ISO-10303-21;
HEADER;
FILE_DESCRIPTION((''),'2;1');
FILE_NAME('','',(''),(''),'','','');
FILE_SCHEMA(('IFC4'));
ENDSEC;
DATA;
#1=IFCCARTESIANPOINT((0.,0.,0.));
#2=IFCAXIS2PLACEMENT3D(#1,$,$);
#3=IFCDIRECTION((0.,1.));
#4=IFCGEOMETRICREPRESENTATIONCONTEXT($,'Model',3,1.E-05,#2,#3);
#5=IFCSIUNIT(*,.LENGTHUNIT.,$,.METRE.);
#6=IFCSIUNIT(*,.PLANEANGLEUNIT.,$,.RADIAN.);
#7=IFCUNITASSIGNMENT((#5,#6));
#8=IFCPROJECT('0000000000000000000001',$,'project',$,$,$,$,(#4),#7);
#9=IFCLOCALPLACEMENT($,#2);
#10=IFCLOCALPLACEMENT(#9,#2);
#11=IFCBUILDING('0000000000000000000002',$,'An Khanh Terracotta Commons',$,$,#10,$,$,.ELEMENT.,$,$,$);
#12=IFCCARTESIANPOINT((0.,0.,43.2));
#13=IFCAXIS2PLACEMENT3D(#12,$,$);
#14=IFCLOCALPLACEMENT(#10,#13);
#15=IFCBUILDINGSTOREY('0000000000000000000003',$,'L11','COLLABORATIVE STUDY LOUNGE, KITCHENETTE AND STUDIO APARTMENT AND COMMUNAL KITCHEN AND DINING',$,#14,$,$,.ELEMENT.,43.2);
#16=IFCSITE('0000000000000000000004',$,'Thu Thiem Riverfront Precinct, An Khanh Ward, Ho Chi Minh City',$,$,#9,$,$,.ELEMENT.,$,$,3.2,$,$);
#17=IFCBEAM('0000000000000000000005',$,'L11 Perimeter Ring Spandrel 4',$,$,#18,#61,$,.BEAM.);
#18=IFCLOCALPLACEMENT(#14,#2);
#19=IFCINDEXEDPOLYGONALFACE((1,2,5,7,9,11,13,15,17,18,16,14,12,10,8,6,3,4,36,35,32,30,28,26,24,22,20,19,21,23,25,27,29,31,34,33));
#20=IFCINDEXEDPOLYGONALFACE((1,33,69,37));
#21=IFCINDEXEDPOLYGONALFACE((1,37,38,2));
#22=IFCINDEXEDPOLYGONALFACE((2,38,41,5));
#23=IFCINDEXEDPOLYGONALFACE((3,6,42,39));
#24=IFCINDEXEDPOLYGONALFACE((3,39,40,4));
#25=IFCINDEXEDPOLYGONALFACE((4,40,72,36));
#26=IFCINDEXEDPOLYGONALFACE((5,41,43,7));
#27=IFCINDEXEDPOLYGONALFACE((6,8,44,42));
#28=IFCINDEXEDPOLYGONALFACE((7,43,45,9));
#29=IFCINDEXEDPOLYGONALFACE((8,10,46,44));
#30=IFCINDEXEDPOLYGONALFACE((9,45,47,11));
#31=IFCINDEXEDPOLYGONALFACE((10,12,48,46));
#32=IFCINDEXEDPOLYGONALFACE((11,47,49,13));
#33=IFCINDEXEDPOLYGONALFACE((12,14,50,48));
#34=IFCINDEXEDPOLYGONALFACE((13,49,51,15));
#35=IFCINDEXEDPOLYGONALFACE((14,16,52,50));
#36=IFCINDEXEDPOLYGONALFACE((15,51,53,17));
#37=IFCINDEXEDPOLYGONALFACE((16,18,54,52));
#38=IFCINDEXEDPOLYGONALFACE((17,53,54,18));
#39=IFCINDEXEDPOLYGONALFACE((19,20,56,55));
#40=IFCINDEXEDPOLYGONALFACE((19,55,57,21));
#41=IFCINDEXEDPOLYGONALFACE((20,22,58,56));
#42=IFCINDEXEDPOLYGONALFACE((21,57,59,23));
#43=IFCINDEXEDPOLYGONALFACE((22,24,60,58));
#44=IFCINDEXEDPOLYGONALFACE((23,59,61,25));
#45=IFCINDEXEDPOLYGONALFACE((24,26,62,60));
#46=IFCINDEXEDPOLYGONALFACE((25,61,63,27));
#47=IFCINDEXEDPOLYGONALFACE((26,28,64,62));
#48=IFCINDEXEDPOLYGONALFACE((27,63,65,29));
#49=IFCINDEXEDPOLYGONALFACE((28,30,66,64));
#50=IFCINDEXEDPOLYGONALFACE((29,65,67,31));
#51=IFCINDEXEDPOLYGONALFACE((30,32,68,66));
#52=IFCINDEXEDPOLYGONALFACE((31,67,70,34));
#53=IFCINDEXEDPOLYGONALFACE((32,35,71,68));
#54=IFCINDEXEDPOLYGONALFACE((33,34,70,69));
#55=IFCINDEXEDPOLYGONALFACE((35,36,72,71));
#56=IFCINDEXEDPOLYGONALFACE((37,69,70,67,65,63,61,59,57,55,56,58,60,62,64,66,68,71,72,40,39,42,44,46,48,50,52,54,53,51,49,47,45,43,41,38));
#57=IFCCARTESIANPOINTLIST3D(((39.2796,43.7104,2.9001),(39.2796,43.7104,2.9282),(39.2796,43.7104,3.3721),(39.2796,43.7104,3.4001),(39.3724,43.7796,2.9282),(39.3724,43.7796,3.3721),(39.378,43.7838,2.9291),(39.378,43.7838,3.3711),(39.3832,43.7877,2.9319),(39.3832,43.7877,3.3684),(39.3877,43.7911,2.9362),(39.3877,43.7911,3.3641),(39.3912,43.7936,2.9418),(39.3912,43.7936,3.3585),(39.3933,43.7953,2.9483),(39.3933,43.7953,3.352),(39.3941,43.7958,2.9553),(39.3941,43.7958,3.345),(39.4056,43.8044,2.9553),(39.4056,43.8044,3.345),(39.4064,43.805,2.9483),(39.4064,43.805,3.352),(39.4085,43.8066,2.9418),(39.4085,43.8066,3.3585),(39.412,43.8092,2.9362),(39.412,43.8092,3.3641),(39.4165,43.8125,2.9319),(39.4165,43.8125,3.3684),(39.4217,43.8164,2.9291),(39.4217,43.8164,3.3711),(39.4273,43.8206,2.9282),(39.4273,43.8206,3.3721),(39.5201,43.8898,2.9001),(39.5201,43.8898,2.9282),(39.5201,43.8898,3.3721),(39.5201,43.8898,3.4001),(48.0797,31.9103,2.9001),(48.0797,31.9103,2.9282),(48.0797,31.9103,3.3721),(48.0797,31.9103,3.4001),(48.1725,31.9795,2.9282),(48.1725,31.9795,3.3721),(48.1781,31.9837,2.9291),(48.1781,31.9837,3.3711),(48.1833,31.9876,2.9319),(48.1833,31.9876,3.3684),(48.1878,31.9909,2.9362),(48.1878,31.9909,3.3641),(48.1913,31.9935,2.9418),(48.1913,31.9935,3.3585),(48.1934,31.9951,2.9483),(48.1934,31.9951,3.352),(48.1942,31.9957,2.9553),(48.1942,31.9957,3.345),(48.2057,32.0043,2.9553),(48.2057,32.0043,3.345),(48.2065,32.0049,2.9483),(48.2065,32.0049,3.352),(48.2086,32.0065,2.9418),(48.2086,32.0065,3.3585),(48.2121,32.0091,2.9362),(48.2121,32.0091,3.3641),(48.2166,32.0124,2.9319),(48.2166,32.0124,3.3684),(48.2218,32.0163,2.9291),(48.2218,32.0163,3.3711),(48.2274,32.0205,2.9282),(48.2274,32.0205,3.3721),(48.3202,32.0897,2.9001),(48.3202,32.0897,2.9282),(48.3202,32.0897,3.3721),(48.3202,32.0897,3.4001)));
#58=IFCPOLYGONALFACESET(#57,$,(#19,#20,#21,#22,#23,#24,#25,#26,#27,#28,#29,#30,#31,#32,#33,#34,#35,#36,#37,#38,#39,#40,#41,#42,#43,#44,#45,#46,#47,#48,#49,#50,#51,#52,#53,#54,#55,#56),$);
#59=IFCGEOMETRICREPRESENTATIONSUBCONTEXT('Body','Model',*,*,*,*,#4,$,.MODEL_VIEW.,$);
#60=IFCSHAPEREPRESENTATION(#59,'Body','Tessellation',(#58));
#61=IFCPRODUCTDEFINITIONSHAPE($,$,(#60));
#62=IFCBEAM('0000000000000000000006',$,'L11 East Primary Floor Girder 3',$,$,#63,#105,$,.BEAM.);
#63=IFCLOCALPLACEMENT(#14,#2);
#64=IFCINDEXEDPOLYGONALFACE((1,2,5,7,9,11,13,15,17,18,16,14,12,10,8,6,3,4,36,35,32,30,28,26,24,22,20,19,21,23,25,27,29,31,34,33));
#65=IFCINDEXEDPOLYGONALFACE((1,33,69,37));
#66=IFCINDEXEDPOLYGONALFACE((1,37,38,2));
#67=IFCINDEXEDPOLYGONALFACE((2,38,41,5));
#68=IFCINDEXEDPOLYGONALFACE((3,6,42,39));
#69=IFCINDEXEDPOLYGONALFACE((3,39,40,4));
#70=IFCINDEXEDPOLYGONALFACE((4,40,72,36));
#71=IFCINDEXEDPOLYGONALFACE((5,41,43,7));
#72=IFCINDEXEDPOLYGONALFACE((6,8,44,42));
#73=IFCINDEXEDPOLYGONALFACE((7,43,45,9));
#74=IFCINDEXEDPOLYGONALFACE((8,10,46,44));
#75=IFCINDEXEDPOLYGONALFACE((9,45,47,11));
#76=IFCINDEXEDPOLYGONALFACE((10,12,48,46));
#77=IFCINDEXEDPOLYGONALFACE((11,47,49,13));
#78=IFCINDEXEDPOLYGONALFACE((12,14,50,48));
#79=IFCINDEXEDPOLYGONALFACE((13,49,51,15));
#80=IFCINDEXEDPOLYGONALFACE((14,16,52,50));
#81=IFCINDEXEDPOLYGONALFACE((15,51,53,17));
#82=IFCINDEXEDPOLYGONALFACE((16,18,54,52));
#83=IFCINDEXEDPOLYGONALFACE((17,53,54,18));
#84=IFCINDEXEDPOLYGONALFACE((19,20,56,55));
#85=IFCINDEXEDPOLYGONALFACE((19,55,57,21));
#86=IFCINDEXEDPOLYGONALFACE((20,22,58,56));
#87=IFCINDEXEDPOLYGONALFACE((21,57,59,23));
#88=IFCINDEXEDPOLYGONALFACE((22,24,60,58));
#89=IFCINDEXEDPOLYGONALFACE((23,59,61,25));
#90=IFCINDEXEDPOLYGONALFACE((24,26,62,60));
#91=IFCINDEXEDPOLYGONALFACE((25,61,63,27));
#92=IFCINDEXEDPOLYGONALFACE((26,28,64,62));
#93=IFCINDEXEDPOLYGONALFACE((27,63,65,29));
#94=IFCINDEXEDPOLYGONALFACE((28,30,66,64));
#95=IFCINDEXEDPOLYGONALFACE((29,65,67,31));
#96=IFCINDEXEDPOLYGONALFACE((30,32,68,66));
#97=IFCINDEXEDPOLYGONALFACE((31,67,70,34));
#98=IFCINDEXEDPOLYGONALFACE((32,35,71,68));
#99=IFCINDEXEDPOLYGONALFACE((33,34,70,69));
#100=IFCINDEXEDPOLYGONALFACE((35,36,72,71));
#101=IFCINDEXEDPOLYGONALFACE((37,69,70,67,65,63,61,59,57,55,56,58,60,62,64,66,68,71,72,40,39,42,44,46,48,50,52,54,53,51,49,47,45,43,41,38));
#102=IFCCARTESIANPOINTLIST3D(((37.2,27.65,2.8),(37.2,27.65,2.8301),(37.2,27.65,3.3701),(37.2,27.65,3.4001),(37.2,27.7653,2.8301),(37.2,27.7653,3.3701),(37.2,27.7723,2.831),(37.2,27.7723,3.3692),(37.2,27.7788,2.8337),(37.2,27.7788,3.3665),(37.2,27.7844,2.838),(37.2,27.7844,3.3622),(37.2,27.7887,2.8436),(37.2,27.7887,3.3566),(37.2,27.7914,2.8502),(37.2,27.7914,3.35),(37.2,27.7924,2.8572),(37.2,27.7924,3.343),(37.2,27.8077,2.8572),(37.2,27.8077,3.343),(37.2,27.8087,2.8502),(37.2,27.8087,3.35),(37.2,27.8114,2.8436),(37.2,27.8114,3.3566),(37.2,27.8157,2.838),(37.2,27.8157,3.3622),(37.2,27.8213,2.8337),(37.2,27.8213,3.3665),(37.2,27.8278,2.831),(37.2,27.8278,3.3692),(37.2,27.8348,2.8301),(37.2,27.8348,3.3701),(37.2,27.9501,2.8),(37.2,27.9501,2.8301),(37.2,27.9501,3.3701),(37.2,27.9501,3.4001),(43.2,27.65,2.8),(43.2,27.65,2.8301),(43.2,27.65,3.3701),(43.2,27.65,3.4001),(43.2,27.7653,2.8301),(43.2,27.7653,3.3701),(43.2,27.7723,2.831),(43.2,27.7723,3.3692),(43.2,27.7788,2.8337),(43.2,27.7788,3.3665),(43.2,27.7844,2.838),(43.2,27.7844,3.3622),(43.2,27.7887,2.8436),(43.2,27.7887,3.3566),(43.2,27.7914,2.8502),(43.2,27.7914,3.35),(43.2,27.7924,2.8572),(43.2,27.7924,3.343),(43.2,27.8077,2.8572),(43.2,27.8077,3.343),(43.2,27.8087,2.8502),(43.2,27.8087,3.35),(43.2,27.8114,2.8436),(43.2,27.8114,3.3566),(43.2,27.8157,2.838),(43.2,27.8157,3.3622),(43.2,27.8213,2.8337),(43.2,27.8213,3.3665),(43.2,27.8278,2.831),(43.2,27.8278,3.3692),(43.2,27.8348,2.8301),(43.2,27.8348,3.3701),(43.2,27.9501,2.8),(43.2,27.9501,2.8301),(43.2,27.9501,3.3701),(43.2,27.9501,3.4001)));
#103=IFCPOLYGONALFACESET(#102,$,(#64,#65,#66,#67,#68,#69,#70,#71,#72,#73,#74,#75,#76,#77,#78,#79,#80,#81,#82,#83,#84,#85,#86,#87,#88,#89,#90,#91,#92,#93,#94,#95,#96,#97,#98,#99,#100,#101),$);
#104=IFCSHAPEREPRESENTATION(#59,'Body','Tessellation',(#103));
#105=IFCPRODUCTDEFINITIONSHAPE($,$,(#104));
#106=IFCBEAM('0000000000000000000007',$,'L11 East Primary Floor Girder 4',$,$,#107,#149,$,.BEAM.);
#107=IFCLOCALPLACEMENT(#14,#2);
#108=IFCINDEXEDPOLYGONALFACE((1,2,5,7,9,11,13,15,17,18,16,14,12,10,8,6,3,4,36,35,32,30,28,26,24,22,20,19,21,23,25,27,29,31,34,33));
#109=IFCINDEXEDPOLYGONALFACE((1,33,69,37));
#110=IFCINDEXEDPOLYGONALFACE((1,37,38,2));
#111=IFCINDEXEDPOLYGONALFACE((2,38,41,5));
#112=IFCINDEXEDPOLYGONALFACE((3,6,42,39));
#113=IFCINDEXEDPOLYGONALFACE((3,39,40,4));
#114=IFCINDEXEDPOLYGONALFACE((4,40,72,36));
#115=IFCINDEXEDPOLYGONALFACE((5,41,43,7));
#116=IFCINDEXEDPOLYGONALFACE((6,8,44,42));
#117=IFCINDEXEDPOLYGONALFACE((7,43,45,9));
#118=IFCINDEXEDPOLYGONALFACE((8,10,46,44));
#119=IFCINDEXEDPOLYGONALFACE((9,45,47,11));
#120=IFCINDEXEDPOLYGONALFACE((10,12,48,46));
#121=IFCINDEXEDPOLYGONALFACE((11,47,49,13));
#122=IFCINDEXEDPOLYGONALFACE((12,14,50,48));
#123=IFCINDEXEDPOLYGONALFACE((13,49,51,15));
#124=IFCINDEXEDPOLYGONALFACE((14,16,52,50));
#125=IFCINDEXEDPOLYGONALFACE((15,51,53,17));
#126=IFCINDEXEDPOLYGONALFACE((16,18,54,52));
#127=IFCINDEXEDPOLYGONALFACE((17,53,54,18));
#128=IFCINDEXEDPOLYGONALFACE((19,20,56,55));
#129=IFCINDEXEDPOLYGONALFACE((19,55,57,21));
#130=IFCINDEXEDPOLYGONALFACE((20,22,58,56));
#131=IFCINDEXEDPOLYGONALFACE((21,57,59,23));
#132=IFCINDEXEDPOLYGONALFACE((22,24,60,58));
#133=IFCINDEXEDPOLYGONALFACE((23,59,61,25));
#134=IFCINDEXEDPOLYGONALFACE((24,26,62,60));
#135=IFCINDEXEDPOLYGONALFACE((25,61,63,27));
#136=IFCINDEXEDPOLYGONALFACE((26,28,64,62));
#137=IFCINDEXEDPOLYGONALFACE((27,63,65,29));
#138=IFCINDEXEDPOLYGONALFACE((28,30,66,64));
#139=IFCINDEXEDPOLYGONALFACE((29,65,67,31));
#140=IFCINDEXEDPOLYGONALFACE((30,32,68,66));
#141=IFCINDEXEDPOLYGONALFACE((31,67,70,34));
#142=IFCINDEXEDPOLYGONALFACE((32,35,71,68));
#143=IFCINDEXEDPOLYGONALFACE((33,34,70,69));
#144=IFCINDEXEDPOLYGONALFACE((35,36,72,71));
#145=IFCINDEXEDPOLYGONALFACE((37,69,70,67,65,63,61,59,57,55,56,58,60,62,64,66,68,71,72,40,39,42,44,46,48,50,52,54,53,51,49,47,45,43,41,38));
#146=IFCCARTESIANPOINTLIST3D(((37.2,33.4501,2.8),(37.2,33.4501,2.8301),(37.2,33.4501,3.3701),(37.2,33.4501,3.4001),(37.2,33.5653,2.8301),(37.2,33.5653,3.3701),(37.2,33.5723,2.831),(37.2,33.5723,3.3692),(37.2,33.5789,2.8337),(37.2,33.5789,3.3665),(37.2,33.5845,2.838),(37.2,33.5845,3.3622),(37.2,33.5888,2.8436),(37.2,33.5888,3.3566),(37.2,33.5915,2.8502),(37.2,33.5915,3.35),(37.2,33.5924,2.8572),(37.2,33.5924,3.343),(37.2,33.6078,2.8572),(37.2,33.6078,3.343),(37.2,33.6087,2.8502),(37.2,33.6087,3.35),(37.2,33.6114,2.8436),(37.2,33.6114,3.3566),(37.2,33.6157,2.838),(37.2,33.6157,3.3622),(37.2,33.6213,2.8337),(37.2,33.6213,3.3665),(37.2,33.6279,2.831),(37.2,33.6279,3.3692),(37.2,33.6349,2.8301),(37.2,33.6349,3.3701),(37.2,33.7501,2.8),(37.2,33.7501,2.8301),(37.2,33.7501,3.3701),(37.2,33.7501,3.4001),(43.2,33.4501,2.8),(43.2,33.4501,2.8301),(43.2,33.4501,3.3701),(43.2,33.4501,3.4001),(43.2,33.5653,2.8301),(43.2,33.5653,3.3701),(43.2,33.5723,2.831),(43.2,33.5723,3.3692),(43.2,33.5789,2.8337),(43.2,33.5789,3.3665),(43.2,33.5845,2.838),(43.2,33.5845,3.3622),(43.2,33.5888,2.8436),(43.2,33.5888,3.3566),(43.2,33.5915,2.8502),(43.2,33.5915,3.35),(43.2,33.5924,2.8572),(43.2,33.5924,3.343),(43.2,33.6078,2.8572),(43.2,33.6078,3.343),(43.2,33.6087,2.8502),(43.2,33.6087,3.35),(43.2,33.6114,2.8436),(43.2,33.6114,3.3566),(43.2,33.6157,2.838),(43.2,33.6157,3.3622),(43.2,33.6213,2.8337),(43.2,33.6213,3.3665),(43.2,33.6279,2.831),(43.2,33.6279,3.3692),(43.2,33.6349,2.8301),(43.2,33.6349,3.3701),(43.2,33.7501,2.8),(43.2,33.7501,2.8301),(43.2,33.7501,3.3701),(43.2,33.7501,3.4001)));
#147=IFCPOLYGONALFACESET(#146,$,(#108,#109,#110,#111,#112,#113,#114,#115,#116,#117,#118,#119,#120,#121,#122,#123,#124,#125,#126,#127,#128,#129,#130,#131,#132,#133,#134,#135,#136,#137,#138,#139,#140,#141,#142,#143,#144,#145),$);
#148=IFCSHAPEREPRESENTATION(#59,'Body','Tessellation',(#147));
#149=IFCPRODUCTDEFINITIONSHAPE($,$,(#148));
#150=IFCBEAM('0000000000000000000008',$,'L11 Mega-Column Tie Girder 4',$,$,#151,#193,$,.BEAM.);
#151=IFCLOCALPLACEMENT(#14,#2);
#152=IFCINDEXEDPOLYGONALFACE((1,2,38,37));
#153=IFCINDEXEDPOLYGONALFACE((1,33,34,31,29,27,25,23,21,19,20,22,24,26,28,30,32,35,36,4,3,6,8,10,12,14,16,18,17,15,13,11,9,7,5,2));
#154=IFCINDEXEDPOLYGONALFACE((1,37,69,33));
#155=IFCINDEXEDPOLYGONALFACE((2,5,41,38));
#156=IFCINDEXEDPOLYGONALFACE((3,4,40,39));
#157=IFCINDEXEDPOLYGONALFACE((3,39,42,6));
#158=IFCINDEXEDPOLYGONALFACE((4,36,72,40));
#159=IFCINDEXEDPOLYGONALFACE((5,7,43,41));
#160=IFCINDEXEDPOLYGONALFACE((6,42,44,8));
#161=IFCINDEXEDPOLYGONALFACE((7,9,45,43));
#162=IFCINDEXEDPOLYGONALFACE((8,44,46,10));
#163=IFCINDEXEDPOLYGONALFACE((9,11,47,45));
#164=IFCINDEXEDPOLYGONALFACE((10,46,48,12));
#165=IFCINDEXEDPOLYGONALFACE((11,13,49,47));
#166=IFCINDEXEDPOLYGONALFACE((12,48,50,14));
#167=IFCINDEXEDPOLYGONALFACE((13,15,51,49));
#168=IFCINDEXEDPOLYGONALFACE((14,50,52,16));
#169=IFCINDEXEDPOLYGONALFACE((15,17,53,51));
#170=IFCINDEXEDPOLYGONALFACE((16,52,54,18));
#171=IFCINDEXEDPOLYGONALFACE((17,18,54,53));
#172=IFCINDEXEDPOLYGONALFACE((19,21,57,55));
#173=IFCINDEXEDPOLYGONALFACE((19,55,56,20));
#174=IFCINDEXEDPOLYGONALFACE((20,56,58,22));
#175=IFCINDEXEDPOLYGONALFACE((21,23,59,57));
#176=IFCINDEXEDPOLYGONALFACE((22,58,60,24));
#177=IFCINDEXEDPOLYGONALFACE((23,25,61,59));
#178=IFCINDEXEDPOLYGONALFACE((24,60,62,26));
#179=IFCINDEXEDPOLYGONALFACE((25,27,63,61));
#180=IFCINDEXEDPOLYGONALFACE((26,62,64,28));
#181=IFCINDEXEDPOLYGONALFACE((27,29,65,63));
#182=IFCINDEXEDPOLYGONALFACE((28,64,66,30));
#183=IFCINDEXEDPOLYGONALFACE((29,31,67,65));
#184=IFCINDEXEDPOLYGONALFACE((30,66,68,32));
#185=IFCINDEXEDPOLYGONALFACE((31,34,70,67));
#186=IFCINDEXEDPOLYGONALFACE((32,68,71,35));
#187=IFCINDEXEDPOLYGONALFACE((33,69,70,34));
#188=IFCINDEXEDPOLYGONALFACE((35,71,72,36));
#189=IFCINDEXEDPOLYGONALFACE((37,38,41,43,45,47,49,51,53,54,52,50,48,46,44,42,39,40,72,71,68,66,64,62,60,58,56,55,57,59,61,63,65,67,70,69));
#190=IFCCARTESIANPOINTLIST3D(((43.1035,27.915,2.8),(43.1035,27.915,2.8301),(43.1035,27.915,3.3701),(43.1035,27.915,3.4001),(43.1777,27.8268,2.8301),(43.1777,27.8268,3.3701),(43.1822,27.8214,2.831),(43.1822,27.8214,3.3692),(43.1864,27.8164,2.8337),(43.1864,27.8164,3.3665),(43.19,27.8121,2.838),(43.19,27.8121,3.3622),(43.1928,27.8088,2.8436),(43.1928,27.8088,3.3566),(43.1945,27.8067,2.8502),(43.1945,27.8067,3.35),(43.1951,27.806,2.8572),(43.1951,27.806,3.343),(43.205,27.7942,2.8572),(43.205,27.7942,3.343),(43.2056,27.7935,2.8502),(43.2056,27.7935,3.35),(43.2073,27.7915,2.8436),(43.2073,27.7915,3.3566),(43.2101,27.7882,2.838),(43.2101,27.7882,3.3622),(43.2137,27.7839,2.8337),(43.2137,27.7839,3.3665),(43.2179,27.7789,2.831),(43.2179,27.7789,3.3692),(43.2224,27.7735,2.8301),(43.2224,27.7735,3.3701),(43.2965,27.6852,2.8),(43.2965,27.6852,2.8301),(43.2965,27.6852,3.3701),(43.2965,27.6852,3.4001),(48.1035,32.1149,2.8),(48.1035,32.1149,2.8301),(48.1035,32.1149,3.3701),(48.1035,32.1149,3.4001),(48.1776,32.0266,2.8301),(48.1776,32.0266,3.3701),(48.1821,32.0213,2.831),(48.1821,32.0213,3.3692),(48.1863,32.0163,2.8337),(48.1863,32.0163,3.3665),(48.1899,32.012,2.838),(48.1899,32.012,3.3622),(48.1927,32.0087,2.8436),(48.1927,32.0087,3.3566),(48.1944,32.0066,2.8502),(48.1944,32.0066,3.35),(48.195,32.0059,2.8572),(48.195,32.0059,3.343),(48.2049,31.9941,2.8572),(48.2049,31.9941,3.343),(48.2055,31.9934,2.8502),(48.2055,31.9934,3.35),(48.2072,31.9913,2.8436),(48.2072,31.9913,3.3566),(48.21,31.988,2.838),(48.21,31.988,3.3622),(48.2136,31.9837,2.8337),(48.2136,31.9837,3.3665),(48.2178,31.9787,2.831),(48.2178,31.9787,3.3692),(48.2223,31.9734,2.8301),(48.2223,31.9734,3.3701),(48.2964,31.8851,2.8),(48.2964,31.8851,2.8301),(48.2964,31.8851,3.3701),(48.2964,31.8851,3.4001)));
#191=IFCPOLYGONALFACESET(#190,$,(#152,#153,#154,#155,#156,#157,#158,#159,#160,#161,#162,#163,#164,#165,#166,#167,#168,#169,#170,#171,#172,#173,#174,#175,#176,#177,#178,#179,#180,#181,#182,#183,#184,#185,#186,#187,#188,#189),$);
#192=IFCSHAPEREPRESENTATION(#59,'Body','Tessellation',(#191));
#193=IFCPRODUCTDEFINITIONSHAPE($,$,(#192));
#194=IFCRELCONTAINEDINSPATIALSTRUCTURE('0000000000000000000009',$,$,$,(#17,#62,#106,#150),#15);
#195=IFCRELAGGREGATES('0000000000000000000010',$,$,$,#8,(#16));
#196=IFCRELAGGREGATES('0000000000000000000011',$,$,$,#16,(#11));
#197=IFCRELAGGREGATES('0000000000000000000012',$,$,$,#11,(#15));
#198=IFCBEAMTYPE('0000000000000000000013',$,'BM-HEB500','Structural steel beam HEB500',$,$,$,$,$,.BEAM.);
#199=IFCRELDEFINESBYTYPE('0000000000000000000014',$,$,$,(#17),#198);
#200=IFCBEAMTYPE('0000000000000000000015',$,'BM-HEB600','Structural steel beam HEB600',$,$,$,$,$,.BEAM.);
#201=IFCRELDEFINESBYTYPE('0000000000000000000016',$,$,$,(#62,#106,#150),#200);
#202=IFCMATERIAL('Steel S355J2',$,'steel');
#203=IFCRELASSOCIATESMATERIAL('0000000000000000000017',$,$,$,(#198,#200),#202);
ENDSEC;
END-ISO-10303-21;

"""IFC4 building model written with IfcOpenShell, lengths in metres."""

from ifc_helpers import new_model, si_unit, direction, frame, origin, origin_2d, place, context, subcontext, project, spatial, i_section, extrude, material, material_profile, profile_set, type_object, element, save


model = new_model("IFC4")

# Units and contexts
model_context = context("Model", 3, precision=1e-05, world=origin(), true_north=direction((0.0, 1.0)))
body_context = subcontext(model_context, "Body", "Model", "MODEL_VIEW")
ifc_project = project(units=[si_unit("LENGTHUNIT", "METRE"), si_unit("PLANEANGLEUNIT", "RADIAN")], contexts=[model_context])

# Site, building, storey
site_placement = place(None, origin())
site = spatial("IfcSite", under=ifc_project, at=site_placement, Name="Thu Thiem Riverfront Precinct, An Khanh Ward, Ho Chi Minh City", CompositionType="ELEMENT", RefElevation=3.2)
building_placement = place(site_placement, origin())
building = spatial("IfcBuilding", under=site, at=building_placement, Name="An Khanh Terracotta Commons", CompositionType="ELEMENT")
storey_placement = place(building_placement, frame((0.0, 0.0, 43.2)))
storey = spatial("IfcBuildingStorey", under=building, at=storey_placement, Name="L11", Description="COLLABORATIVE STUDY LOUNGE, KITCHENETTE AND STUDIO APARTMENT AND COMMUNAL KITCHEN AND DINING", CompositionType="ELEMENT", Elevation=43.2)

# Beams
ifc_material_1 = material(Name="Steel S355J2", Category="steel")
ifc_material_profile_1 = material_profile(ifc_material_1, i_section(OverallWidth=0.3, OverallDepth=0.5, WebThickness=0.0144, FlangeThickness=0.0281, FilletRadius=0.0271, at=origin_2d()), Name="HEB500")
ifc_profile_set_1 = profile_set([ifc_material_profile_1], Name="Steel S355J2")
beam_type_1 = type_object("IfcBeamType", Name="BM-HEB500", Description="Structural steel beam HEB500", PredefinedType="BEAM", material=ifc_profile_set_1)
beam_1_placement = place(storey_placement, frame((48.2, 32.0, 3.1501), z_axis=(-0.597824, 0.801627, 0.0), x_axis=(-0.801627, -0.597824, 0.0)))
element("IfcBeam", 1, at=beam_1_placement, inside=storey, type_object=beam_type_1, Name="L11 Perimeter Ring Spandrel 4", PredefinedType="BEAM", context=body_context, shape_type="SweptSolid", body=[
    extrude(i_section(OverallWidth=0.3, OverallDepth=0.5, WebThickness=0.0144, FlangeThickness=0.0281, FilletRadius=0.0271, at=origin_2d()), origin(), (0.0, 0.0, 1.0), 14.7202),
])
ifc_material_profile_2 = material_profile(ifc_material_1, i_section(OverallWidth=0.3, OverallDepth=0.6001, WebThickness=0.0154, FlangeThickness=0.03, FilletRadius=0.0271, at=origin_2d()), Name="HEB600")
ifc_profile_set_2 = profile_set([ifc_material_profile_2], Name="Steel S355J2")
beam_type_2 = type_object("IfcBeamType", Name="BM-HEB600", Description="Structural steel beam HEB600", PredefinedType="BEAM", material=ifc_profile_set_2)
for number, where, z_axis, x_axis, name in (
    (2, (37.2, 27.8, 3.1001), (1.0, 0.0, 0.0), (0.0, 1.0, 0.0), "L11 East Primary Floor Girder 3"),
    (3, (37.2, 33.6001, 3.1001), (1.0, 0.0, 0.0), (0.0, 1.0, 0.0), "L11 East Primary Floor Girder 4"),
):
    element("IfcBeam", number, at=place(storey_placement, frame(where, z_axis=z_axis, x_axis=x_axis)), inside=storey, type_object=beam_type_2, Name=name, PredefinedType="BEAM", context=body_context, shape_type="SweptSolid", body=[
        extrude(i_section(OverallWidth=0.3, OverallDepth=0.6001, WebThickness=0.0154, FlangeThickness=0.03, FilletRadius=0.0271, at=origin_2d()), origin(), (0.0, 0.0, 1.0), 6.0),
    ])
beam_2_placement = place(storey_placement, frame((48.2, 32.0, 3.1001), z_axis=(-0.765709, -0.643188, 0.0), x_axis=(0.643188, -0.765709, 0.0)))
element("IfcBeam", 4, at=beam_2_placement, inside=storey, type_object=beam_type_2, Name="L11 Mega-Column Tie Girder 4", PredefinedType="BEAM", context=body_context, shape_type="SweptSolid", body=[
    extrude(i_section(OverallWidth=0.3, OverallDepth=0.6001, WebThickness=0.0154, FlangeThickness=0.03, FilletRadius=0.0271, at=origin_2d()), origin(), (0.0, 0.0, 1.0), 6.5298),
])

save(model, "model.ifc")
